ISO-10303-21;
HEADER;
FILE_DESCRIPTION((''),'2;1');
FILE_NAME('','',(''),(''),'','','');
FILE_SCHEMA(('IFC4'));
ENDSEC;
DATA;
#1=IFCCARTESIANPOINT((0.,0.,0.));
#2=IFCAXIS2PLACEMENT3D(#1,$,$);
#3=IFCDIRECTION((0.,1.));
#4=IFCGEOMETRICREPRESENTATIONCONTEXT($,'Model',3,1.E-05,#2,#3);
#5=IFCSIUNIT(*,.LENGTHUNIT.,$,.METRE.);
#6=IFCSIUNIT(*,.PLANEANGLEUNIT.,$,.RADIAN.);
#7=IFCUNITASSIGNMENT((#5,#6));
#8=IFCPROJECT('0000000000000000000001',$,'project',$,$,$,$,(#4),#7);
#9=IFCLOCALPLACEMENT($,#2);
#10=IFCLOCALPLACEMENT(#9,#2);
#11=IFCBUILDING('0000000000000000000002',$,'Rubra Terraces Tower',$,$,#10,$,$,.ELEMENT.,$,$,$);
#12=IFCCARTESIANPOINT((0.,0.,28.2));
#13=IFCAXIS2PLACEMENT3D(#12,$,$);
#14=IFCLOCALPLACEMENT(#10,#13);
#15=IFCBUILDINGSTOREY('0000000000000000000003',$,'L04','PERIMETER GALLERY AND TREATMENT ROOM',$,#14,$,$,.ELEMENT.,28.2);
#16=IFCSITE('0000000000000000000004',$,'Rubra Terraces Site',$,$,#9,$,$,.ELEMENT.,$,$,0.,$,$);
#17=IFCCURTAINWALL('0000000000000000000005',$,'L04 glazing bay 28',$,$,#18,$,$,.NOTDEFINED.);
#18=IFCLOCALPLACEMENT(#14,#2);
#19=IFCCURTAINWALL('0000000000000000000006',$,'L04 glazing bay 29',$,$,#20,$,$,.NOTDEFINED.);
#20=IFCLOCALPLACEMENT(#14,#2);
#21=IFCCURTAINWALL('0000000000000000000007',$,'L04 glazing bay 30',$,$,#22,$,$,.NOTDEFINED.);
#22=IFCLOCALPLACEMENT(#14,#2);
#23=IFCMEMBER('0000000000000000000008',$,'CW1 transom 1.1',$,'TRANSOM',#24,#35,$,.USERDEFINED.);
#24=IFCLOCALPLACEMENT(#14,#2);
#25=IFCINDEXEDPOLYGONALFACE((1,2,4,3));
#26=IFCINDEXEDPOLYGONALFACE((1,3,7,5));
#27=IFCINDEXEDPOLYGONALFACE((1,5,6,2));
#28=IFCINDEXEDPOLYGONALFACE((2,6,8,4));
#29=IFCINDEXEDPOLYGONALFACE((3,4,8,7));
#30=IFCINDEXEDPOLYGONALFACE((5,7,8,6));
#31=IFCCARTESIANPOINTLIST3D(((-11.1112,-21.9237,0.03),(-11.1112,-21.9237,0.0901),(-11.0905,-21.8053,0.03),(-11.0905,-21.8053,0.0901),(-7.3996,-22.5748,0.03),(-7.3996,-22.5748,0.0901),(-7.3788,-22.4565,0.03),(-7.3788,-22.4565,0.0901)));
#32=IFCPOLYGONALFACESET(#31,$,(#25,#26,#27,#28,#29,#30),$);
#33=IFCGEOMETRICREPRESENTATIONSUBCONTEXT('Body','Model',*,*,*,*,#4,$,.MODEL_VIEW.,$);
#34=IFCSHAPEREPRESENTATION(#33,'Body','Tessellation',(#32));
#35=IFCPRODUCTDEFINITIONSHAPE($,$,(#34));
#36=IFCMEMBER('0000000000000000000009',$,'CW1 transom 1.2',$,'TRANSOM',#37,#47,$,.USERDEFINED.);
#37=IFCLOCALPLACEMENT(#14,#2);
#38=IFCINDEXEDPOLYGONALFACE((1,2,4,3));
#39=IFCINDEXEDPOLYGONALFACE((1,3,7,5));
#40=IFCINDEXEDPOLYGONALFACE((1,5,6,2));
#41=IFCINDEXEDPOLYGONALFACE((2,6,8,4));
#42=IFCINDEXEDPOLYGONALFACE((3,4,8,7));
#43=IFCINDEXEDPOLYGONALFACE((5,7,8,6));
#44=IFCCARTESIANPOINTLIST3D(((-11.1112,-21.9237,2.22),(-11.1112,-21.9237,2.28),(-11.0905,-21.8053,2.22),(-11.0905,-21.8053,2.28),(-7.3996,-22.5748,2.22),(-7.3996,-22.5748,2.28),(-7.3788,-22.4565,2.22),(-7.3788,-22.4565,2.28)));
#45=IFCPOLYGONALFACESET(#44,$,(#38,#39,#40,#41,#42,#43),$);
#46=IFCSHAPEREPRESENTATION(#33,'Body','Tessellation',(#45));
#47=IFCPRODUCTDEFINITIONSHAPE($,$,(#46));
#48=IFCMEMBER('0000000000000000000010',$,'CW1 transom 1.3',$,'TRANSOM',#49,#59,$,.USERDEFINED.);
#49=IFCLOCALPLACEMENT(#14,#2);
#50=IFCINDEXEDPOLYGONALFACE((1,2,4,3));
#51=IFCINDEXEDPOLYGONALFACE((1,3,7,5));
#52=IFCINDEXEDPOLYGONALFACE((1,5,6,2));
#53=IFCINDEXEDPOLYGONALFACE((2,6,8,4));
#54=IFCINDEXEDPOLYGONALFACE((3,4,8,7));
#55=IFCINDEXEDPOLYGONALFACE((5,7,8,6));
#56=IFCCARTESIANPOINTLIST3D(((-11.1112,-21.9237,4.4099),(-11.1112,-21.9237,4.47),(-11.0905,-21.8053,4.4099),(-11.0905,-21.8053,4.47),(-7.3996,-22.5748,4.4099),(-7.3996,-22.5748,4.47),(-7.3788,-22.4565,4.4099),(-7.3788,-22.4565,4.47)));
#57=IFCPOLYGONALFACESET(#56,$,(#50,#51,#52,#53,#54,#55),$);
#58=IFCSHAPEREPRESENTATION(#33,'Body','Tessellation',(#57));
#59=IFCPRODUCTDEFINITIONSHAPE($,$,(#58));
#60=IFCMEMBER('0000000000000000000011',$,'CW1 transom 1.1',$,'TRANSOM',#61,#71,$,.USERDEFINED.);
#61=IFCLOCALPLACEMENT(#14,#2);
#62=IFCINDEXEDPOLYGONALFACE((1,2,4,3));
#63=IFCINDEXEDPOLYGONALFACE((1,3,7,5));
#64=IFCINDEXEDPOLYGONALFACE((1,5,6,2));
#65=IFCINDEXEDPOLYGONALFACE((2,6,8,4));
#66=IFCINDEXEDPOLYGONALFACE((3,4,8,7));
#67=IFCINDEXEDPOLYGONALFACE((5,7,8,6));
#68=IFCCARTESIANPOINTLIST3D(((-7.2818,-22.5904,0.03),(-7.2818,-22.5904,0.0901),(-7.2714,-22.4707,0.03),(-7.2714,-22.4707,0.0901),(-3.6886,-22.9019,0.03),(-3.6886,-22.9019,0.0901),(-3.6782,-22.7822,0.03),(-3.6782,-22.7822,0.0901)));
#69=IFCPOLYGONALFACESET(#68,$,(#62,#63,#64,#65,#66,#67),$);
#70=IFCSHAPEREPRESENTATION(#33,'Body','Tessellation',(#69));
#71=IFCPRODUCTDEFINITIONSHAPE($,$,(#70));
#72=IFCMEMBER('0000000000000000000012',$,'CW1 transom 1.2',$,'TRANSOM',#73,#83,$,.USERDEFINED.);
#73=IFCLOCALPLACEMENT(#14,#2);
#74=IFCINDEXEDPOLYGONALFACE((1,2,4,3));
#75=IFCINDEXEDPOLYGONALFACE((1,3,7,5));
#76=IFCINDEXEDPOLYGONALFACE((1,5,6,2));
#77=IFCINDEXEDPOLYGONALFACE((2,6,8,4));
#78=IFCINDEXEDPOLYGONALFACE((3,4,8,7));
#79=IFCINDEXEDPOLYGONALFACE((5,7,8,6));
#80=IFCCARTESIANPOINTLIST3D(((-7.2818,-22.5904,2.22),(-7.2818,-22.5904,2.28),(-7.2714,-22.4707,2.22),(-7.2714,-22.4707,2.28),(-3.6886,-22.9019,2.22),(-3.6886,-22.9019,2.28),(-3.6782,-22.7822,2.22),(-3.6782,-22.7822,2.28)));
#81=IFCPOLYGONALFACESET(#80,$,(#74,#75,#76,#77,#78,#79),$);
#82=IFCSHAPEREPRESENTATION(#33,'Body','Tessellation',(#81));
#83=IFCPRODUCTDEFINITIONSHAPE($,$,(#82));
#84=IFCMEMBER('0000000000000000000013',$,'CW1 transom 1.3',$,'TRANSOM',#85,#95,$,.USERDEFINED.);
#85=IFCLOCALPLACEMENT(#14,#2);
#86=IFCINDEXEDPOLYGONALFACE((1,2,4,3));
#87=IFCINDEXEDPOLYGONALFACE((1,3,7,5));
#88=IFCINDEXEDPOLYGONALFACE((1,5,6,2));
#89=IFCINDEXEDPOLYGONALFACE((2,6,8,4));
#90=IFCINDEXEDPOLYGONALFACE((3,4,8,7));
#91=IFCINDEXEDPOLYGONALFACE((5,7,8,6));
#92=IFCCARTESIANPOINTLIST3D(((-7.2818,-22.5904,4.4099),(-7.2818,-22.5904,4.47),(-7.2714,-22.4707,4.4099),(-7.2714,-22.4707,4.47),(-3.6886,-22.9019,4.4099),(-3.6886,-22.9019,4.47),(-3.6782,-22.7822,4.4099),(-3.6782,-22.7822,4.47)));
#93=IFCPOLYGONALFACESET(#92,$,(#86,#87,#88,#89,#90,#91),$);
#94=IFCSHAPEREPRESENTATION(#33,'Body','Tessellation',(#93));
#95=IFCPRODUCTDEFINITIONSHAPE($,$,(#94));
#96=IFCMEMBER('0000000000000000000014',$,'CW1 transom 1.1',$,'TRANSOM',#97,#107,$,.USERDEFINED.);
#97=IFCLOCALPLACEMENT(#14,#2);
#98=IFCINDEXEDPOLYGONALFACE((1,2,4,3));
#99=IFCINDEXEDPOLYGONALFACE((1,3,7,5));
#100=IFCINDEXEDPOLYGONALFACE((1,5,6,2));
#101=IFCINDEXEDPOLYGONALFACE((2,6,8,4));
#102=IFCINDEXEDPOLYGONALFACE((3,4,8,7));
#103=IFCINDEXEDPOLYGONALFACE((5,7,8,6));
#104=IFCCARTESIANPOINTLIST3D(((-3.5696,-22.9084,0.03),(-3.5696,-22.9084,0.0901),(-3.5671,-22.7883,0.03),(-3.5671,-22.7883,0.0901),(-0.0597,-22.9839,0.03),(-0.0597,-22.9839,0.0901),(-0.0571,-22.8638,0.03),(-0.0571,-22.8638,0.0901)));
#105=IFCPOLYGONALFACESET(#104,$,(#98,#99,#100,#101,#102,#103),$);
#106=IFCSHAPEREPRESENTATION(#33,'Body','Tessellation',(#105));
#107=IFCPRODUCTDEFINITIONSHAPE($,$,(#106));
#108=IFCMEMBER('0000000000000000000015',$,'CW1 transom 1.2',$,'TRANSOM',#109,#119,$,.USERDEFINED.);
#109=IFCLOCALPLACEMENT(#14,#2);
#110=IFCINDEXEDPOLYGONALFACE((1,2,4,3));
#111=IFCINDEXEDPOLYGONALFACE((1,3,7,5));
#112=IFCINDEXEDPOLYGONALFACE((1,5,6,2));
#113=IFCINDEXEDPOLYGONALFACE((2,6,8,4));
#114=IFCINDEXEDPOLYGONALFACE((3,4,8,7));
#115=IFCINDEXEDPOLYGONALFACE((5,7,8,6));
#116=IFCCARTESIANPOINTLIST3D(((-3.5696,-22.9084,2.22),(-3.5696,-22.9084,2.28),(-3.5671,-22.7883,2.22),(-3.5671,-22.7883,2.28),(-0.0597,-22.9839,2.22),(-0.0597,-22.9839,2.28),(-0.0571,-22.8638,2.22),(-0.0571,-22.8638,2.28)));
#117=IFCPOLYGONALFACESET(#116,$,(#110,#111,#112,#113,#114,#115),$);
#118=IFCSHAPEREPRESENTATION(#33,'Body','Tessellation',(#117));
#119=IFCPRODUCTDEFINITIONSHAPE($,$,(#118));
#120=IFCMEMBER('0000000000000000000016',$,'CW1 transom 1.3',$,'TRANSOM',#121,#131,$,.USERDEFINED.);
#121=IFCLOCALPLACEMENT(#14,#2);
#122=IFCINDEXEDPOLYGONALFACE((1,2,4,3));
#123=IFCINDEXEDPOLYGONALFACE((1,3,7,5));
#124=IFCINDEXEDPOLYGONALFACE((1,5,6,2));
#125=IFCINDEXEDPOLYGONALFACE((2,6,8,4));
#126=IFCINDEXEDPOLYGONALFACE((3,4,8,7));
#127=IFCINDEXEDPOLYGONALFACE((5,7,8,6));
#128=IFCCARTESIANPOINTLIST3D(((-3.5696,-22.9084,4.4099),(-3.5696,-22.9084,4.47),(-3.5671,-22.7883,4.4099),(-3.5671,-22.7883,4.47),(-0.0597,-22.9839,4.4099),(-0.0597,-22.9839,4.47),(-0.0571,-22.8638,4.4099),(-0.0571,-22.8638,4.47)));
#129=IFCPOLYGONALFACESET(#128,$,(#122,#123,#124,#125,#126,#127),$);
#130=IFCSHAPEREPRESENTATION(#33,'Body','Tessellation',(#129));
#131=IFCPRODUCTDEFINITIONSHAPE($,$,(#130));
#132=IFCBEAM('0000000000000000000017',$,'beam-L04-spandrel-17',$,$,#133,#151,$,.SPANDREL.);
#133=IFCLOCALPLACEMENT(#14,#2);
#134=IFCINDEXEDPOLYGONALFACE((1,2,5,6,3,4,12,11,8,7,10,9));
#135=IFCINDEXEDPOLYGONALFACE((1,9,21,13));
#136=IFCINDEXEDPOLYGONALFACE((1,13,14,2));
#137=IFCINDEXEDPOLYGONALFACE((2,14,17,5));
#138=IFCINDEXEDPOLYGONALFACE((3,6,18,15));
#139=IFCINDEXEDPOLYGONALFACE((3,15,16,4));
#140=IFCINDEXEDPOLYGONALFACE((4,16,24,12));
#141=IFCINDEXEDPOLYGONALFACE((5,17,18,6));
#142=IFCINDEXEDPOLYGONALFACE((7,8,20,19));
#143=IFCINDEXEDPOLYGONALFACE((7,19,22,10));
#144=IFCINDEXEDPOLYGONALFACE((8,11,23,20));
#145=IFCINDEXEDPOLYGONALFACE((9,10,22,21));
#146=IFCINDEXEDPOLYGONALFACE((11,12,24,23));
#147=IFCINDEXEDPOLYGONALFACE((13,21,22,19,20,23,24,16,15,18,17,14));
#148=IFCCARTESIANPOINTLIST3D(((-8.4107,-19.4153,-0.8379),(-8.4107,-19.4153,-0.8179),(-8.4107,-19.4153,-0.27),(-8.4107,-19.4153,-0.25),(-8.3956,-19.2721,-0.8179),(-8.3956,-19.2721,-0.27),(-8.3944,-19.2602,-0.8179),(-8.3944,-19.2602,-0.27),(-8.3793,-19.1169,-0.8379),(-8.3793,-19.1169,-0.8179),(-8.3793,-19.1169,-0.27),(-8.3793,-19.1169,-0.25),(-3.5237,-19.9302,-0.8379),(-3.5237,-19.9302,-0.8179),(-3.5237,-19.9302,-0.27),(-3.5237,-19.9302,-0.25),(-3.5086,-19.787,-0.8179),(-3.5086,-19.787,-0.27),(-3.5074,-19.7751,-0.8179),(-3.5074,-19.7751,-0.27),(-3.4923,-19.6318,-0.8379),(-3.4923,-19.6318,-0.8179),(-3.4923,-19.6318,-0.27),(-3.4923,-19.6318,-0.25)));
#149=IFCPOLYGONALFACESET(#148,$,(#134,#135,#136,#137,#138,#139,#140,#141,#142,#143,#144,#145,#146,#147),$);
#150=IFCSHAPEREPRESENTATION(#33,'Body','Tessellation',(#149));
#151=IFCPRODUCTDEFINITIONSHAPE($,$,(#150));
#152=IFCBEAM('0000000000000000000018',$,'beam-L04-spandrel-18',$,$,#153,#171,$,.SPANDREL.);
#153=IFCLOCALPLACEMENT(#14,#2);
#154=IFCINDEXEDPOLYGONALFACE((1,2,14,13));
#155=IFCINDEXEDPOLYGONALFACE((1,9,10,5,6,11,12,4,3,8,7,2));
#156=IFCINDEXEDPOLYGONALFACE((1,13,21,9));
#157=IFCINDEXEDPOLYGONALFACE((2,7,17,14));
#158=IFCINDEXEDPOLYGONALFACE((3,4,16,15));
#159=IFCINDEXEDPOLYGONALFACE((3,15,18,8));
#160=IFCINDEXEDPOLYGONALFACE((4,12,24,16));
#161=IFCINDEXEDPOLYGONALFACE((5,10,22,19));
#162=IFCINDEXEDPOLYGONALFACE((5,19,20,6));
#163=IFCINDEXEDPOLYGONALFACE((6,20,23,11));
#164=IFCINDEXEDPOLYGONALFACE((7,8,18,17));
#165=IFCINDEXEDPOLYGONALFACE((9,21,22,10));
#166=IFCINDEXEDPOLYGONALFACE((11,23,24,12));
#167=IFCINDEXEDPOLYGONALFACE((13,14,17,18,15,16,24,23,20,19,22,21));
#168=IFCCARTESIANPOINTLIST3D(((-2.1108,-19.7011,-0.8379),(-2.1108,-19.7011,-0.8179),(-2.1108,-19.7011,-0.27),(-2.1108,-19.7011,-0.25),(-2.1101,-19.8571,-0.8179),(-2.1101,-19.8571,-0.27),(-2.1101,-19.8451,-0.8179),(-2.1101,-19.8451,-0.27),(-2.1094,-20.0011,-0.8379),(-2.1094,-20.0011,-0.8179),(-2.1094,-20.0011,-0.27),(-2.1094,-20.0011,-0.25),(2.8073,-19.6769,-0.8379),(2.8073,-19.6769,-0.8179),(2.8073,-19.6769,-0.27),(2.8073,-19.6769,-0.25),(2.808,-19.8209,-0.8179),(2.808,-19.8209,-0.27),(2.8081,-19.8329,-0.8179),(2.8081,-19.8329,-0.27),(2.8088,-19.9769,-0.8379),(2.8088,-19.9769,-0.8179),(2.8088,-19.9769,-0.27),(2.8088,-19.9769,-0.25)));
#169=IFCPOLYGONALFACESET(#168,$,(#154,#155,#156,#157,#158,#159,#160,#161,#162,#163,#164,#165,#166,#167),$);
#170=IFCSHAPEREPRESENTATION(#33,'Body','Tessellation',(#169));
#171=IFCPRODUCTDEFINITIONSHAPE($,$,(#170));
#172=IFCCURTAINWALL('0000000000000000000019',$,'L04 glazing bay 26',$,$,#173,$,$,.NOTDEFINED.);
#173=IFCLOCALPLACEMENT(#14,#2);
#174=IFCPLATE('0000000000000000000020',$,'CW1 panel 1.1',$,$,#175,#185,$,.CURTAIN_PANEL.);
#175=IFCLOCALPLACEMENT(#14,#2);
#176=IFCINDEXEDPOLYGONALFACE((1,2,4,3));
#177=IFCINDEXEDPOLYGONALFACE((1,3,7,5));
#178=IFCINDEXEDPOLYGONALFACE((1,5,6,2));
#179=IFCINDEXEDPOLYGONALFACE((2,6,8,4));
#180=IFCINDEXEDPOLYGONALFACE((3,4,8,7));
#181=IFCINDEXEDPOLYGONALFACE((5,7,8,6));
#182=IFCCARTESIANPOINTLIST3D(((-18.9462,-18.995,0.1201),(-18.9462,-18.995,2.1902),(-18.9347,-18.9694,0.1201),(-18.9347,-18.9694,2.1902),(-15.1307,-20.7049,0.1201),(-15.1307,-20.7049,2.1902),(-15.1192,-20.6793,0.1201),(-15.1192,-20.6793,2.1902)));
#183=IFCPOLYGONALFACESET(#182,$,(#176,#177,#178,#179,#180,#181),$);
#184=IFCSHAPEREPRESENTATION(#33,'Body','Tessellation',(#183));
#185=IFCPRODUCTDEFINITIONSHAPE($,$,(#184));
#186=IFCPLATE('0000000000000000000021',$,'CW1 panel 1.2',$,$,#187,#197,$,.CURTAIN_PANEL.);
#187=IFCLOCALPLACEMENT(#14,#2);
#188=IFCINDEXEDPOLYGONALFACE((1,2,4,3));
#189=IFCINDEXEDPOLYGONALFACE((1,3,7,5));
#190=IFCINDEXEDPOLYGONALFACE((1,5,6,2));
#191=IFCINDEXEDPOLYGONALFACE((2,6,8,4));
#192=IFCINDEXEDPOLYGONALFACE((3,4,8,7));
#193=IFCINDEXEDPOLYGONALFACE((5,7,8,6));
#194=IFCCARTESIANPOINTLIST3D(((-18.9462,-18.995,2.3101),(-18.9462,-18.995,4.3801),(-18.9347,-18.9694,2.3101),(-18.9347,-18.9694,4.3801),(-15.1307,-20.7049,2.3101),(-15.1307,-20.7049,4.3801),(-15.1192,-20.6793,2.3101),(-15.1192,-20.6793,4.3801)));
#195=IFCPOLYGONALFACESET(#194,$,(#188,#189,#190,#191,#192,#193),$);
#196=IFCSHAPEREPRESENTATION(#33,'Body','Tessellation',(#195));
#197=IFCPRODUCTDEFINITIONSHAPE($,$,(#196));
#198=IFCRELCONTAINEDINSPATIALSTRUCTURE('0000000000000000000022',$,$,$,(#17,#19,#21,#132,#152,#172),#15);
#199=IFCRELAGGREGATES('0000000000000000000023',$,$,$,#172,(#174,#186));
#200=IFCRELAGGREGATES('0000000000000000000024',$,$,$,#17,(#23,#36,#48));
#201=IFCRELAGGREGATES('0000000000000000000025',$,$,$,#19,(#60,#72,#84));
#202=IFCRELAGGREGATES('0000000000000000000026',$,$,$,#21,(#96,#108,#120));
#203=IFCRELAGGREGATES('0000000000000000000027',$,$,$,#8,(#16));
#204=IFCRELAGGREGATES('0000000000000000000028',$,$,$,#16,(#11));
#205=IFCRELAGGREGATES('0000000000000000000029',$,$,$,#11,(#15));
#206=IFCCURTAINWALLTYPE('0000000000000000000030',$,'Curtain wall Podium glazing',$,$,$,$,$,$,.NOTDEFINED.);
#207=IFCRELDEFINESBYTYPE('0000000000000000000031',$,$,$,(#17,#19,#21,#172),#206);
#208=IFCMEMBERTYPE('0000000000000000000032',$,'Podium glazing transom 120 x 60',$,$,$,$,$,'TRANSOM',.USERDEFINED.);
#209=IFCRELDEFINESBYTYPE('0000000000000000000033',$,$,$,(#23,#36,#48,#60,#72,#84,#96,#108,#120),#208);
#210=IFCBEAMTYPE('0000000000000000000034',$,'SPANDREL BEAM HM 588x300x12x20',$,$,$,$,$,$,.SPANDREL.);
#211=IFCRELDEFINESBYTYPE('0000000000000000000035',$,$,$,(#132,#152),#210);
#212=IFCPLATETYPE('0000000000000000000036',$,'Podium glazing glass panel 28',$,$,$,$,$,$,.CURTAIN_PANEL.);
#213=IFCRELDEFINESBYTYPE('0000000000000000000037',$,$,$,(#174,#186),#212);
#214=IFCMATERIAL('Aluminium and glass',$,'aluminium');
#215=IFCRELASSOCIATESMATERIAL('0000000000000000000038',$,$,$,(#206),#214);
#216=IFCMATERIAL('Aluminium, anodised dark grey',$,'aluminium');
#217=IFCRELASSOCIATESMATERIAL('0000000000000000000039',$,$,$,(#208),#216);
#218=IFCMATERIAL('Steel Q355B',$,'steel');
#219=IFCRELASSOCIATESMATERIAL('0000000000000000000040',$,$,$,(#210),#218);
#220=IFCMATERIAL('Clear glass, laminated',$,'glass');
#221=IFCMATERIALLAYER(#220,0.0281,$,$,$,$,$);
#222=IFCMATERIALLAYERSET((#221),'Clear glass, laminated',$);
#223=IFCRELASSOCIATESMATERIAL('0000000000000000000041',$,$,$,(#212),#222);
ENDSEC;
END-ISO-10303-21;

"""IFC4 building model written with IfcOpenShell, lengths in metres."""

from ifc_helpers import new_model, si_unit, direction, frame, origin, origin_2d, place, context, subcontext, project, spatial, rectangle, i_section, extrude, material, layer, layer_set, material_profile, profile_set, type_object, element, aggregate, save


model = new_model("IFC4")

# Units and contexts
model_context = context("Model", 3, precision=1e-05, world=origin(), true_north=direction((0.0, 1.0)))
body_context = subcontext(model_context, "Body", "Model", "MODEL_VIEW")
ifc_project = project(units=[si_unit("LENGTHUNIT", "METRE"), si_unit("PLANEANGLEUNIT", "RADIAN")], contexts=[model_context])

# Site, building, storey
site_placement = place(None, origin())
site = spatial("IfcSite", under=ifc_project, at=site_placement, Name="Rubra Terraces Site", CompositionType="ELEMENT", RefElevation=0.0)
building_placement = place(site_placement, origin())
building = spatial("IfcBuilding", under=site, at=building_placement, Name="Rubra Terraces Tower", CompositionType="ELEMENT")
storey_placement = place(building_placement, frame((0.0, 0.0, 28.2)))
storey = spatial("IfcBuildingStorey", under=building, at=storey_placement, Name="L04", Description="PERIMETER GALLERY AND TREATMENT ROOM", CompositionType="ELEMENT", Elevation=28.2)

# Shared definitions
ifc_material_1 = material(Name="Steel Q355B", Category="steel")

# Curtain walls
ifc_material_2 = material(Name="Aluminium and glass", Category="aluminium")
curtain_wall_type = type_object("IfcCurtainWallType", Name="Curtain wall Podium glazing", PredefinedType="NOTDEFINED", material=ifc_material_2)
ifc_material_3 = material(Name="Aluminium, anodised dark grey", Category="aluminium")
curtain_wall_1_placement = place(storey_placement, origin())
curtain_wall_1 = element("IfcCurtainWall", 1, at=curtain_wall_1_placement, inside=storey, type_object=curtain_wall_type, Name="L04 glazing bay 28", PredefinedType="NOTDEFINED")
curtain_wall_2_placement = place(storey_placement, origin())
curtain_wall_2 = element("IfcCurtainWall", 2, at=curtain_wall_2_placement, inside=storey, type_object=curtain_wall_type, Name="L04 glazing bay 29", PredefinedType="NOTDEFINED")
curtain_wall_3_placement = place(storey_placement, origin())
curtain_wall_3 = element("IfcCurtainWall", 3, at=curtain_wall_3_placement, inside=storey, type_object=curtain_wall_type, Name="L04 glazing bay 30", PredefinedType="NOTDEFINED")

# Members
ifc_material_profile_1 = material_profile(ifc_material_3, rectangle(XDim=0.1201, YDim=0.0601, at=origin_2d()), Name="AL 120x60")
ifc_profile_set_1 = profile_set([ifc_material_profile_1], Name="Aluminium, anodised dark grey")
member_type_1 = type_object("IfcMemberType", Name="Podium glazing transom 120 x 60", ElementType="TRANSOM", PredefinedType="USERDEFINED", material=ifc_profile_set_1)
member_1_placement = place(storey_placement, frame((-11.1008, -21.8645, 0.0601), z_axis=(0.984959, -0.172787, 0.0), x_axis=(0.172787, 0.984959, 0.0)))
member_1 = element("IfcMember", 4, at=member_1_placement, type_object=member_type_1, Name="CW1 transom 1.1", ObjectType="TRANSOM", PredefinedType="USERDEFINED", context=body_context, shape_type="SweptSolid", body=[
    extrude(rectangle(XDim=0.1201, YDim=0.0601, at=origin_2d()), origin(), (0.0, 0.0, 1.0), 3.7683),
])
member_2_placement = place(storey_placement, frame((-11.1008, -21.8645, 2.25), z_axis=(0.984959, -0.172787, 0.0), x_axis=(0.172787, 0.984959, 0.0)))
member_2 = element("IfcMember", 5, at=member_2_placement, type_object=member_type_1, Name="CW1 transom 1.2", ObjectType="TRANSOM", PredefinedType="USERDEFINED", context=body_context, shape_type="SweptSolid", body=[
    extrude(rectangle(XDim=0.1201, YDim=0.0601, at=origin_2d()), origin(), (0.0, 0.0, 1.0), 3.7683),
])
member_3_placement = place(storey_placement, frame((-11.1008, -21.8645, 4.4399), z_axis=(0.984959, -0.172787, 0.0), x_axis=(0.172787, 0.984959, 0.0)))
member_3 = element("IfcMember", 6, at=member_3_placement, type_object=member_type_1, Name="CW1 transom 1.3", ObjectType="TRANSOM", PredefinedType="USERDEFINED", context=body_context, shape_type="SweptSolid", body=[
    extrude(rectangle(XDim=0.1201, YDim=0.0601, at=origin_2d()), origin(), (0.0, 0.0, 1.0), 3.7683),
])
member_4_placement = place(storey_placement, frame((-7.2766, -22.5305, 0.0601), z_axis=(0.996263, -0.086373, 0.0), x_axis=(0.086373, 0.996263, 0.0)))
member_4 = element("IfcMember", 7, at=member_4_placement, type_object=member_type_1, Name="CW1 transom 1.1", ObjectType="TRANSOM", PredefinedType="USERDEFINED", context=body_context, shape_type="SweptSolid", body=[
    extrude(rectangle(XDim=0.1201, YDim=0.0601, at=origin_2d()), origin(), (0.0, 0.0, 1.0), 3.6067),
])
member_5_placement = place(storey_placement, frame((-7.2766, -22.5305, 2.25), z_axis=(0.996263, -0.086373, 0.0), x_axis=(0.086373, 0.996263, 0.0)))
member_5 = element("IfcMember", 8, at=member_5_placement, type_object=member_type_1, Name="CW1 transom 1.2", ObjectType="TRANSOM", PredefinedType="USERDEFINED", context=body_context, shape_type="SweptSolid", body=[
    extrude(rectangle(XDim=0.1201, YDim=0.0601, at=origin_2d()), origin(), (0.0, 0.0, 1.0), 3.6067),
])
member_6_placement = place(storey_placement, frame((-7.2766, -22.5305, 4.4399), z_axis=(0.996263, -0.086373, 0.0), x_axis=(0.086373, 0.996263, 0.0)))
member_6 = element("IfcMember", 9, at=member_6_placement, type_object=member_type_1, Name="CW1 transom 1.3", ObjectType="TRANSOM", PredefinedType="USERDEFINED", context=body_context, shape_type="SweptSolid", body=[
    extrude(rectangle(XDim=0.1201, YDim=0.0601, at=origin_2d()), origin(), (0.0, 0.0, 1.0), 3.6067),
])
member_7_placement = place(storey_placement, frame((-3.5684, -22.8484, 0.0601), z_axis=(0.999769, -0.021488, 0.0), x_axis=(0.021488, 0.999769, 0.0)))
member_7 = element("IfcMember", 10, at=member_7_placement, type_object=member_type_1, Name="CW1 transom 1.1", ObjectType="TRANSOM", PredefinedType="USERDEFINED", context=body_context, shape_type="SweptSolid", body=[
    extrude(rectangle(XDim=0.1201, YDim=0.0601, at=origin_2d()), origin(), (0.0, 0.0, 1.0), 3.5107),
])
member_8_placement = place(storey_placement, frame((-3.5684, -22.8484, 2.25), z_axis=(0.999769, -0.021488, 0.0), x_axis=(0.021488, 0.999769, 0.0)))
member_8 = element("IfcMember", 11, at=member_8_placement, type_object=member_type_1, Name="CW1 transom 1.2", ObjectType="TRANSOM", PredefinedType="USERDEFINED", context=body_context, shape_type="SweptSolid", body=[
    extrude(rectangle(XDim=0.1201, YDim=0.0601, at=origin_2d()), origin(), (0.0, 0.0, 1.0), 3.5107),
])
member_9_placement = place(storey_placement, frame((-3.5684, -22.8484, 4.4399), z_axis=(0.999769, -0.021488, 0.0), x_axis=(0.021488, 0.999769, 0.0)))
member_9 = element("IfcMember", 12, at=member_9_placement, type_object=member_type_1, Name="CW1 transom 1.3", ObjectType="TRANSOM", PredefinedType="USERDEFINED", context=body_context, shape_type="SweptSolid", body=[
    extrude(rectangle(XDim=0.1201, YDim=0.0601, at=origin_2d()), origin(), (0.0, 0.0, 1.0), 3.5107),
])

# Beams
ifc_material_profile_2 = material_profile(ifc_material_1, i_section(OverallWidth=0.3, OverallDepth=0.5879, WebThickness=0.012, FlangeThickness=0.02, at=origin_2d()), Name="HM 588x300x12x20")
ifc_profile_set_2 = profile_set([ifc_material_profile_2], Name="Steel Q355B")
beam_type_1 = type_object("IfcBeamType", Name="SPANDREL BEAM HM 588x300x12x20", PredefinedType="SPANDREL", material=ifc_profile_set_2)
beam_1_placement = place(storey_placement, frame((-8.395, -19.2661, -0.5439), z_axis=(0.994495, -0.10478, 0.0), x_axis=(0.10478, 0.994495, 0.0)))
element("IfcBeam", 13, at=beam_1_placement, inside=storey, type_object=beam_type_1, Name="beam-L04-spandrel-17", PredefinedType="SPANDREL", context=body_context, shape_type="SweptSolid", body=[
    extrude(i_section(OverallWidth=0.3, OverallDepth=0.5879, WebThickness=0.012, FlangeThickness=0.02, at=origin_2d()), origin(), (0.0, 0.0, 1.0), 4.9141),
])
beam_2_placement = place(storey_placement, frame((-2.1101, -19.8511, -0.5439), z_axis=(0.999988, 0.004914, 0.0), x_axis=(-0.004914, 0.999988, 0.0)))
element("IfcBeam", 14, at=beam_2_placement, inside=storey, type_object=beam_type_1, Name="beam-L04-spandrel-18", PredefinedType="SPANDREL", context=body_context, shape_type="SweptSolid", body=[
    extrude(i_section(OverallWidth=0.3, OverallDepth=0.5879, WebThickness=0.012, FlangeThickness=0.02, at=origin_2d()), origin(), (0.0, 0.0, 1.0), 4.9182),
])

# Curtain wall, plates
curtain_wall_4_placement = place(storey_placement, origin())
curtain_wall_4 = element("IfcCurtainWall", 15, at=curtain_wall_4_placement, inside=storey, type_object=curtain_wall_type, Name="L04 glazing bay 26", PredefinedType="NOTDEFINED")
ifc_material_4 = material(Name="Clear glass, laminated", Category="glass")
ifc_layer_1 = layer(ifc_material_4, 0.0281)
ifc_layer_set_1 = layer_set([ifc_layer_1], Name="Clear glass, laminated")
plate_type = type_object("IfcPlateType", Name="Podium glazing glass panel 28", PredefinedType="CURTAIN_PANEL", material=ifc_layer_set_1)
plate_1_placement = place(storey_placement, frame((-17.0327, -19.8372, 0.1201), z_axis=(0.0, 0.0, 1.0), x_axis=(0.912551, -0.408962, 0.0)))
plate_1 = element("IfcPlate", 16, at=plate_1_placement, type_object=plate_type, Name="CW1 panel 1.1", PredefinedType="CURTAIN_PANEL", context=body_context, shape_type="SweptSolid", body=[
    extrude(rectangle(XDim=4.1812, YDim=0.0281, at=origin_2d()), origin(), (0.0, 0.0, 1.0), 2.0701),
])
plate_2_placement = place(storey_placement, frame((-17.0327, -19.8372, 2.3101), z_axis=(0.0, 0.0, 1.0), x_axis=(0.912551, -0.408962, 0.0)))
plate_2 = element("IfcPlate", 17, at=plate_2_placement, type_object=plate_type, Name="CW1 panel 1.2", PredefinedType="CURTAIN_PANEL", context=body_context, shape_type="SweptSolid", body=[
    extrude(rectangle(XDim=4.1812, YDim=0.0281, at=origin_2d()), origin(), (0.0, 0.0, 1.0), 2.0701),
])
aggregate(curtain_wall_4, [plate_1, plate_2])

aggregate(curtain_wall_1, [member_1, member_2, member_3])
aggregate(curtain_wall_2, [member_4, member_5, member_6])
aggregate(curtain_wall_3, [member_7, member_8, member_9])

save(model, "model.ifc")
